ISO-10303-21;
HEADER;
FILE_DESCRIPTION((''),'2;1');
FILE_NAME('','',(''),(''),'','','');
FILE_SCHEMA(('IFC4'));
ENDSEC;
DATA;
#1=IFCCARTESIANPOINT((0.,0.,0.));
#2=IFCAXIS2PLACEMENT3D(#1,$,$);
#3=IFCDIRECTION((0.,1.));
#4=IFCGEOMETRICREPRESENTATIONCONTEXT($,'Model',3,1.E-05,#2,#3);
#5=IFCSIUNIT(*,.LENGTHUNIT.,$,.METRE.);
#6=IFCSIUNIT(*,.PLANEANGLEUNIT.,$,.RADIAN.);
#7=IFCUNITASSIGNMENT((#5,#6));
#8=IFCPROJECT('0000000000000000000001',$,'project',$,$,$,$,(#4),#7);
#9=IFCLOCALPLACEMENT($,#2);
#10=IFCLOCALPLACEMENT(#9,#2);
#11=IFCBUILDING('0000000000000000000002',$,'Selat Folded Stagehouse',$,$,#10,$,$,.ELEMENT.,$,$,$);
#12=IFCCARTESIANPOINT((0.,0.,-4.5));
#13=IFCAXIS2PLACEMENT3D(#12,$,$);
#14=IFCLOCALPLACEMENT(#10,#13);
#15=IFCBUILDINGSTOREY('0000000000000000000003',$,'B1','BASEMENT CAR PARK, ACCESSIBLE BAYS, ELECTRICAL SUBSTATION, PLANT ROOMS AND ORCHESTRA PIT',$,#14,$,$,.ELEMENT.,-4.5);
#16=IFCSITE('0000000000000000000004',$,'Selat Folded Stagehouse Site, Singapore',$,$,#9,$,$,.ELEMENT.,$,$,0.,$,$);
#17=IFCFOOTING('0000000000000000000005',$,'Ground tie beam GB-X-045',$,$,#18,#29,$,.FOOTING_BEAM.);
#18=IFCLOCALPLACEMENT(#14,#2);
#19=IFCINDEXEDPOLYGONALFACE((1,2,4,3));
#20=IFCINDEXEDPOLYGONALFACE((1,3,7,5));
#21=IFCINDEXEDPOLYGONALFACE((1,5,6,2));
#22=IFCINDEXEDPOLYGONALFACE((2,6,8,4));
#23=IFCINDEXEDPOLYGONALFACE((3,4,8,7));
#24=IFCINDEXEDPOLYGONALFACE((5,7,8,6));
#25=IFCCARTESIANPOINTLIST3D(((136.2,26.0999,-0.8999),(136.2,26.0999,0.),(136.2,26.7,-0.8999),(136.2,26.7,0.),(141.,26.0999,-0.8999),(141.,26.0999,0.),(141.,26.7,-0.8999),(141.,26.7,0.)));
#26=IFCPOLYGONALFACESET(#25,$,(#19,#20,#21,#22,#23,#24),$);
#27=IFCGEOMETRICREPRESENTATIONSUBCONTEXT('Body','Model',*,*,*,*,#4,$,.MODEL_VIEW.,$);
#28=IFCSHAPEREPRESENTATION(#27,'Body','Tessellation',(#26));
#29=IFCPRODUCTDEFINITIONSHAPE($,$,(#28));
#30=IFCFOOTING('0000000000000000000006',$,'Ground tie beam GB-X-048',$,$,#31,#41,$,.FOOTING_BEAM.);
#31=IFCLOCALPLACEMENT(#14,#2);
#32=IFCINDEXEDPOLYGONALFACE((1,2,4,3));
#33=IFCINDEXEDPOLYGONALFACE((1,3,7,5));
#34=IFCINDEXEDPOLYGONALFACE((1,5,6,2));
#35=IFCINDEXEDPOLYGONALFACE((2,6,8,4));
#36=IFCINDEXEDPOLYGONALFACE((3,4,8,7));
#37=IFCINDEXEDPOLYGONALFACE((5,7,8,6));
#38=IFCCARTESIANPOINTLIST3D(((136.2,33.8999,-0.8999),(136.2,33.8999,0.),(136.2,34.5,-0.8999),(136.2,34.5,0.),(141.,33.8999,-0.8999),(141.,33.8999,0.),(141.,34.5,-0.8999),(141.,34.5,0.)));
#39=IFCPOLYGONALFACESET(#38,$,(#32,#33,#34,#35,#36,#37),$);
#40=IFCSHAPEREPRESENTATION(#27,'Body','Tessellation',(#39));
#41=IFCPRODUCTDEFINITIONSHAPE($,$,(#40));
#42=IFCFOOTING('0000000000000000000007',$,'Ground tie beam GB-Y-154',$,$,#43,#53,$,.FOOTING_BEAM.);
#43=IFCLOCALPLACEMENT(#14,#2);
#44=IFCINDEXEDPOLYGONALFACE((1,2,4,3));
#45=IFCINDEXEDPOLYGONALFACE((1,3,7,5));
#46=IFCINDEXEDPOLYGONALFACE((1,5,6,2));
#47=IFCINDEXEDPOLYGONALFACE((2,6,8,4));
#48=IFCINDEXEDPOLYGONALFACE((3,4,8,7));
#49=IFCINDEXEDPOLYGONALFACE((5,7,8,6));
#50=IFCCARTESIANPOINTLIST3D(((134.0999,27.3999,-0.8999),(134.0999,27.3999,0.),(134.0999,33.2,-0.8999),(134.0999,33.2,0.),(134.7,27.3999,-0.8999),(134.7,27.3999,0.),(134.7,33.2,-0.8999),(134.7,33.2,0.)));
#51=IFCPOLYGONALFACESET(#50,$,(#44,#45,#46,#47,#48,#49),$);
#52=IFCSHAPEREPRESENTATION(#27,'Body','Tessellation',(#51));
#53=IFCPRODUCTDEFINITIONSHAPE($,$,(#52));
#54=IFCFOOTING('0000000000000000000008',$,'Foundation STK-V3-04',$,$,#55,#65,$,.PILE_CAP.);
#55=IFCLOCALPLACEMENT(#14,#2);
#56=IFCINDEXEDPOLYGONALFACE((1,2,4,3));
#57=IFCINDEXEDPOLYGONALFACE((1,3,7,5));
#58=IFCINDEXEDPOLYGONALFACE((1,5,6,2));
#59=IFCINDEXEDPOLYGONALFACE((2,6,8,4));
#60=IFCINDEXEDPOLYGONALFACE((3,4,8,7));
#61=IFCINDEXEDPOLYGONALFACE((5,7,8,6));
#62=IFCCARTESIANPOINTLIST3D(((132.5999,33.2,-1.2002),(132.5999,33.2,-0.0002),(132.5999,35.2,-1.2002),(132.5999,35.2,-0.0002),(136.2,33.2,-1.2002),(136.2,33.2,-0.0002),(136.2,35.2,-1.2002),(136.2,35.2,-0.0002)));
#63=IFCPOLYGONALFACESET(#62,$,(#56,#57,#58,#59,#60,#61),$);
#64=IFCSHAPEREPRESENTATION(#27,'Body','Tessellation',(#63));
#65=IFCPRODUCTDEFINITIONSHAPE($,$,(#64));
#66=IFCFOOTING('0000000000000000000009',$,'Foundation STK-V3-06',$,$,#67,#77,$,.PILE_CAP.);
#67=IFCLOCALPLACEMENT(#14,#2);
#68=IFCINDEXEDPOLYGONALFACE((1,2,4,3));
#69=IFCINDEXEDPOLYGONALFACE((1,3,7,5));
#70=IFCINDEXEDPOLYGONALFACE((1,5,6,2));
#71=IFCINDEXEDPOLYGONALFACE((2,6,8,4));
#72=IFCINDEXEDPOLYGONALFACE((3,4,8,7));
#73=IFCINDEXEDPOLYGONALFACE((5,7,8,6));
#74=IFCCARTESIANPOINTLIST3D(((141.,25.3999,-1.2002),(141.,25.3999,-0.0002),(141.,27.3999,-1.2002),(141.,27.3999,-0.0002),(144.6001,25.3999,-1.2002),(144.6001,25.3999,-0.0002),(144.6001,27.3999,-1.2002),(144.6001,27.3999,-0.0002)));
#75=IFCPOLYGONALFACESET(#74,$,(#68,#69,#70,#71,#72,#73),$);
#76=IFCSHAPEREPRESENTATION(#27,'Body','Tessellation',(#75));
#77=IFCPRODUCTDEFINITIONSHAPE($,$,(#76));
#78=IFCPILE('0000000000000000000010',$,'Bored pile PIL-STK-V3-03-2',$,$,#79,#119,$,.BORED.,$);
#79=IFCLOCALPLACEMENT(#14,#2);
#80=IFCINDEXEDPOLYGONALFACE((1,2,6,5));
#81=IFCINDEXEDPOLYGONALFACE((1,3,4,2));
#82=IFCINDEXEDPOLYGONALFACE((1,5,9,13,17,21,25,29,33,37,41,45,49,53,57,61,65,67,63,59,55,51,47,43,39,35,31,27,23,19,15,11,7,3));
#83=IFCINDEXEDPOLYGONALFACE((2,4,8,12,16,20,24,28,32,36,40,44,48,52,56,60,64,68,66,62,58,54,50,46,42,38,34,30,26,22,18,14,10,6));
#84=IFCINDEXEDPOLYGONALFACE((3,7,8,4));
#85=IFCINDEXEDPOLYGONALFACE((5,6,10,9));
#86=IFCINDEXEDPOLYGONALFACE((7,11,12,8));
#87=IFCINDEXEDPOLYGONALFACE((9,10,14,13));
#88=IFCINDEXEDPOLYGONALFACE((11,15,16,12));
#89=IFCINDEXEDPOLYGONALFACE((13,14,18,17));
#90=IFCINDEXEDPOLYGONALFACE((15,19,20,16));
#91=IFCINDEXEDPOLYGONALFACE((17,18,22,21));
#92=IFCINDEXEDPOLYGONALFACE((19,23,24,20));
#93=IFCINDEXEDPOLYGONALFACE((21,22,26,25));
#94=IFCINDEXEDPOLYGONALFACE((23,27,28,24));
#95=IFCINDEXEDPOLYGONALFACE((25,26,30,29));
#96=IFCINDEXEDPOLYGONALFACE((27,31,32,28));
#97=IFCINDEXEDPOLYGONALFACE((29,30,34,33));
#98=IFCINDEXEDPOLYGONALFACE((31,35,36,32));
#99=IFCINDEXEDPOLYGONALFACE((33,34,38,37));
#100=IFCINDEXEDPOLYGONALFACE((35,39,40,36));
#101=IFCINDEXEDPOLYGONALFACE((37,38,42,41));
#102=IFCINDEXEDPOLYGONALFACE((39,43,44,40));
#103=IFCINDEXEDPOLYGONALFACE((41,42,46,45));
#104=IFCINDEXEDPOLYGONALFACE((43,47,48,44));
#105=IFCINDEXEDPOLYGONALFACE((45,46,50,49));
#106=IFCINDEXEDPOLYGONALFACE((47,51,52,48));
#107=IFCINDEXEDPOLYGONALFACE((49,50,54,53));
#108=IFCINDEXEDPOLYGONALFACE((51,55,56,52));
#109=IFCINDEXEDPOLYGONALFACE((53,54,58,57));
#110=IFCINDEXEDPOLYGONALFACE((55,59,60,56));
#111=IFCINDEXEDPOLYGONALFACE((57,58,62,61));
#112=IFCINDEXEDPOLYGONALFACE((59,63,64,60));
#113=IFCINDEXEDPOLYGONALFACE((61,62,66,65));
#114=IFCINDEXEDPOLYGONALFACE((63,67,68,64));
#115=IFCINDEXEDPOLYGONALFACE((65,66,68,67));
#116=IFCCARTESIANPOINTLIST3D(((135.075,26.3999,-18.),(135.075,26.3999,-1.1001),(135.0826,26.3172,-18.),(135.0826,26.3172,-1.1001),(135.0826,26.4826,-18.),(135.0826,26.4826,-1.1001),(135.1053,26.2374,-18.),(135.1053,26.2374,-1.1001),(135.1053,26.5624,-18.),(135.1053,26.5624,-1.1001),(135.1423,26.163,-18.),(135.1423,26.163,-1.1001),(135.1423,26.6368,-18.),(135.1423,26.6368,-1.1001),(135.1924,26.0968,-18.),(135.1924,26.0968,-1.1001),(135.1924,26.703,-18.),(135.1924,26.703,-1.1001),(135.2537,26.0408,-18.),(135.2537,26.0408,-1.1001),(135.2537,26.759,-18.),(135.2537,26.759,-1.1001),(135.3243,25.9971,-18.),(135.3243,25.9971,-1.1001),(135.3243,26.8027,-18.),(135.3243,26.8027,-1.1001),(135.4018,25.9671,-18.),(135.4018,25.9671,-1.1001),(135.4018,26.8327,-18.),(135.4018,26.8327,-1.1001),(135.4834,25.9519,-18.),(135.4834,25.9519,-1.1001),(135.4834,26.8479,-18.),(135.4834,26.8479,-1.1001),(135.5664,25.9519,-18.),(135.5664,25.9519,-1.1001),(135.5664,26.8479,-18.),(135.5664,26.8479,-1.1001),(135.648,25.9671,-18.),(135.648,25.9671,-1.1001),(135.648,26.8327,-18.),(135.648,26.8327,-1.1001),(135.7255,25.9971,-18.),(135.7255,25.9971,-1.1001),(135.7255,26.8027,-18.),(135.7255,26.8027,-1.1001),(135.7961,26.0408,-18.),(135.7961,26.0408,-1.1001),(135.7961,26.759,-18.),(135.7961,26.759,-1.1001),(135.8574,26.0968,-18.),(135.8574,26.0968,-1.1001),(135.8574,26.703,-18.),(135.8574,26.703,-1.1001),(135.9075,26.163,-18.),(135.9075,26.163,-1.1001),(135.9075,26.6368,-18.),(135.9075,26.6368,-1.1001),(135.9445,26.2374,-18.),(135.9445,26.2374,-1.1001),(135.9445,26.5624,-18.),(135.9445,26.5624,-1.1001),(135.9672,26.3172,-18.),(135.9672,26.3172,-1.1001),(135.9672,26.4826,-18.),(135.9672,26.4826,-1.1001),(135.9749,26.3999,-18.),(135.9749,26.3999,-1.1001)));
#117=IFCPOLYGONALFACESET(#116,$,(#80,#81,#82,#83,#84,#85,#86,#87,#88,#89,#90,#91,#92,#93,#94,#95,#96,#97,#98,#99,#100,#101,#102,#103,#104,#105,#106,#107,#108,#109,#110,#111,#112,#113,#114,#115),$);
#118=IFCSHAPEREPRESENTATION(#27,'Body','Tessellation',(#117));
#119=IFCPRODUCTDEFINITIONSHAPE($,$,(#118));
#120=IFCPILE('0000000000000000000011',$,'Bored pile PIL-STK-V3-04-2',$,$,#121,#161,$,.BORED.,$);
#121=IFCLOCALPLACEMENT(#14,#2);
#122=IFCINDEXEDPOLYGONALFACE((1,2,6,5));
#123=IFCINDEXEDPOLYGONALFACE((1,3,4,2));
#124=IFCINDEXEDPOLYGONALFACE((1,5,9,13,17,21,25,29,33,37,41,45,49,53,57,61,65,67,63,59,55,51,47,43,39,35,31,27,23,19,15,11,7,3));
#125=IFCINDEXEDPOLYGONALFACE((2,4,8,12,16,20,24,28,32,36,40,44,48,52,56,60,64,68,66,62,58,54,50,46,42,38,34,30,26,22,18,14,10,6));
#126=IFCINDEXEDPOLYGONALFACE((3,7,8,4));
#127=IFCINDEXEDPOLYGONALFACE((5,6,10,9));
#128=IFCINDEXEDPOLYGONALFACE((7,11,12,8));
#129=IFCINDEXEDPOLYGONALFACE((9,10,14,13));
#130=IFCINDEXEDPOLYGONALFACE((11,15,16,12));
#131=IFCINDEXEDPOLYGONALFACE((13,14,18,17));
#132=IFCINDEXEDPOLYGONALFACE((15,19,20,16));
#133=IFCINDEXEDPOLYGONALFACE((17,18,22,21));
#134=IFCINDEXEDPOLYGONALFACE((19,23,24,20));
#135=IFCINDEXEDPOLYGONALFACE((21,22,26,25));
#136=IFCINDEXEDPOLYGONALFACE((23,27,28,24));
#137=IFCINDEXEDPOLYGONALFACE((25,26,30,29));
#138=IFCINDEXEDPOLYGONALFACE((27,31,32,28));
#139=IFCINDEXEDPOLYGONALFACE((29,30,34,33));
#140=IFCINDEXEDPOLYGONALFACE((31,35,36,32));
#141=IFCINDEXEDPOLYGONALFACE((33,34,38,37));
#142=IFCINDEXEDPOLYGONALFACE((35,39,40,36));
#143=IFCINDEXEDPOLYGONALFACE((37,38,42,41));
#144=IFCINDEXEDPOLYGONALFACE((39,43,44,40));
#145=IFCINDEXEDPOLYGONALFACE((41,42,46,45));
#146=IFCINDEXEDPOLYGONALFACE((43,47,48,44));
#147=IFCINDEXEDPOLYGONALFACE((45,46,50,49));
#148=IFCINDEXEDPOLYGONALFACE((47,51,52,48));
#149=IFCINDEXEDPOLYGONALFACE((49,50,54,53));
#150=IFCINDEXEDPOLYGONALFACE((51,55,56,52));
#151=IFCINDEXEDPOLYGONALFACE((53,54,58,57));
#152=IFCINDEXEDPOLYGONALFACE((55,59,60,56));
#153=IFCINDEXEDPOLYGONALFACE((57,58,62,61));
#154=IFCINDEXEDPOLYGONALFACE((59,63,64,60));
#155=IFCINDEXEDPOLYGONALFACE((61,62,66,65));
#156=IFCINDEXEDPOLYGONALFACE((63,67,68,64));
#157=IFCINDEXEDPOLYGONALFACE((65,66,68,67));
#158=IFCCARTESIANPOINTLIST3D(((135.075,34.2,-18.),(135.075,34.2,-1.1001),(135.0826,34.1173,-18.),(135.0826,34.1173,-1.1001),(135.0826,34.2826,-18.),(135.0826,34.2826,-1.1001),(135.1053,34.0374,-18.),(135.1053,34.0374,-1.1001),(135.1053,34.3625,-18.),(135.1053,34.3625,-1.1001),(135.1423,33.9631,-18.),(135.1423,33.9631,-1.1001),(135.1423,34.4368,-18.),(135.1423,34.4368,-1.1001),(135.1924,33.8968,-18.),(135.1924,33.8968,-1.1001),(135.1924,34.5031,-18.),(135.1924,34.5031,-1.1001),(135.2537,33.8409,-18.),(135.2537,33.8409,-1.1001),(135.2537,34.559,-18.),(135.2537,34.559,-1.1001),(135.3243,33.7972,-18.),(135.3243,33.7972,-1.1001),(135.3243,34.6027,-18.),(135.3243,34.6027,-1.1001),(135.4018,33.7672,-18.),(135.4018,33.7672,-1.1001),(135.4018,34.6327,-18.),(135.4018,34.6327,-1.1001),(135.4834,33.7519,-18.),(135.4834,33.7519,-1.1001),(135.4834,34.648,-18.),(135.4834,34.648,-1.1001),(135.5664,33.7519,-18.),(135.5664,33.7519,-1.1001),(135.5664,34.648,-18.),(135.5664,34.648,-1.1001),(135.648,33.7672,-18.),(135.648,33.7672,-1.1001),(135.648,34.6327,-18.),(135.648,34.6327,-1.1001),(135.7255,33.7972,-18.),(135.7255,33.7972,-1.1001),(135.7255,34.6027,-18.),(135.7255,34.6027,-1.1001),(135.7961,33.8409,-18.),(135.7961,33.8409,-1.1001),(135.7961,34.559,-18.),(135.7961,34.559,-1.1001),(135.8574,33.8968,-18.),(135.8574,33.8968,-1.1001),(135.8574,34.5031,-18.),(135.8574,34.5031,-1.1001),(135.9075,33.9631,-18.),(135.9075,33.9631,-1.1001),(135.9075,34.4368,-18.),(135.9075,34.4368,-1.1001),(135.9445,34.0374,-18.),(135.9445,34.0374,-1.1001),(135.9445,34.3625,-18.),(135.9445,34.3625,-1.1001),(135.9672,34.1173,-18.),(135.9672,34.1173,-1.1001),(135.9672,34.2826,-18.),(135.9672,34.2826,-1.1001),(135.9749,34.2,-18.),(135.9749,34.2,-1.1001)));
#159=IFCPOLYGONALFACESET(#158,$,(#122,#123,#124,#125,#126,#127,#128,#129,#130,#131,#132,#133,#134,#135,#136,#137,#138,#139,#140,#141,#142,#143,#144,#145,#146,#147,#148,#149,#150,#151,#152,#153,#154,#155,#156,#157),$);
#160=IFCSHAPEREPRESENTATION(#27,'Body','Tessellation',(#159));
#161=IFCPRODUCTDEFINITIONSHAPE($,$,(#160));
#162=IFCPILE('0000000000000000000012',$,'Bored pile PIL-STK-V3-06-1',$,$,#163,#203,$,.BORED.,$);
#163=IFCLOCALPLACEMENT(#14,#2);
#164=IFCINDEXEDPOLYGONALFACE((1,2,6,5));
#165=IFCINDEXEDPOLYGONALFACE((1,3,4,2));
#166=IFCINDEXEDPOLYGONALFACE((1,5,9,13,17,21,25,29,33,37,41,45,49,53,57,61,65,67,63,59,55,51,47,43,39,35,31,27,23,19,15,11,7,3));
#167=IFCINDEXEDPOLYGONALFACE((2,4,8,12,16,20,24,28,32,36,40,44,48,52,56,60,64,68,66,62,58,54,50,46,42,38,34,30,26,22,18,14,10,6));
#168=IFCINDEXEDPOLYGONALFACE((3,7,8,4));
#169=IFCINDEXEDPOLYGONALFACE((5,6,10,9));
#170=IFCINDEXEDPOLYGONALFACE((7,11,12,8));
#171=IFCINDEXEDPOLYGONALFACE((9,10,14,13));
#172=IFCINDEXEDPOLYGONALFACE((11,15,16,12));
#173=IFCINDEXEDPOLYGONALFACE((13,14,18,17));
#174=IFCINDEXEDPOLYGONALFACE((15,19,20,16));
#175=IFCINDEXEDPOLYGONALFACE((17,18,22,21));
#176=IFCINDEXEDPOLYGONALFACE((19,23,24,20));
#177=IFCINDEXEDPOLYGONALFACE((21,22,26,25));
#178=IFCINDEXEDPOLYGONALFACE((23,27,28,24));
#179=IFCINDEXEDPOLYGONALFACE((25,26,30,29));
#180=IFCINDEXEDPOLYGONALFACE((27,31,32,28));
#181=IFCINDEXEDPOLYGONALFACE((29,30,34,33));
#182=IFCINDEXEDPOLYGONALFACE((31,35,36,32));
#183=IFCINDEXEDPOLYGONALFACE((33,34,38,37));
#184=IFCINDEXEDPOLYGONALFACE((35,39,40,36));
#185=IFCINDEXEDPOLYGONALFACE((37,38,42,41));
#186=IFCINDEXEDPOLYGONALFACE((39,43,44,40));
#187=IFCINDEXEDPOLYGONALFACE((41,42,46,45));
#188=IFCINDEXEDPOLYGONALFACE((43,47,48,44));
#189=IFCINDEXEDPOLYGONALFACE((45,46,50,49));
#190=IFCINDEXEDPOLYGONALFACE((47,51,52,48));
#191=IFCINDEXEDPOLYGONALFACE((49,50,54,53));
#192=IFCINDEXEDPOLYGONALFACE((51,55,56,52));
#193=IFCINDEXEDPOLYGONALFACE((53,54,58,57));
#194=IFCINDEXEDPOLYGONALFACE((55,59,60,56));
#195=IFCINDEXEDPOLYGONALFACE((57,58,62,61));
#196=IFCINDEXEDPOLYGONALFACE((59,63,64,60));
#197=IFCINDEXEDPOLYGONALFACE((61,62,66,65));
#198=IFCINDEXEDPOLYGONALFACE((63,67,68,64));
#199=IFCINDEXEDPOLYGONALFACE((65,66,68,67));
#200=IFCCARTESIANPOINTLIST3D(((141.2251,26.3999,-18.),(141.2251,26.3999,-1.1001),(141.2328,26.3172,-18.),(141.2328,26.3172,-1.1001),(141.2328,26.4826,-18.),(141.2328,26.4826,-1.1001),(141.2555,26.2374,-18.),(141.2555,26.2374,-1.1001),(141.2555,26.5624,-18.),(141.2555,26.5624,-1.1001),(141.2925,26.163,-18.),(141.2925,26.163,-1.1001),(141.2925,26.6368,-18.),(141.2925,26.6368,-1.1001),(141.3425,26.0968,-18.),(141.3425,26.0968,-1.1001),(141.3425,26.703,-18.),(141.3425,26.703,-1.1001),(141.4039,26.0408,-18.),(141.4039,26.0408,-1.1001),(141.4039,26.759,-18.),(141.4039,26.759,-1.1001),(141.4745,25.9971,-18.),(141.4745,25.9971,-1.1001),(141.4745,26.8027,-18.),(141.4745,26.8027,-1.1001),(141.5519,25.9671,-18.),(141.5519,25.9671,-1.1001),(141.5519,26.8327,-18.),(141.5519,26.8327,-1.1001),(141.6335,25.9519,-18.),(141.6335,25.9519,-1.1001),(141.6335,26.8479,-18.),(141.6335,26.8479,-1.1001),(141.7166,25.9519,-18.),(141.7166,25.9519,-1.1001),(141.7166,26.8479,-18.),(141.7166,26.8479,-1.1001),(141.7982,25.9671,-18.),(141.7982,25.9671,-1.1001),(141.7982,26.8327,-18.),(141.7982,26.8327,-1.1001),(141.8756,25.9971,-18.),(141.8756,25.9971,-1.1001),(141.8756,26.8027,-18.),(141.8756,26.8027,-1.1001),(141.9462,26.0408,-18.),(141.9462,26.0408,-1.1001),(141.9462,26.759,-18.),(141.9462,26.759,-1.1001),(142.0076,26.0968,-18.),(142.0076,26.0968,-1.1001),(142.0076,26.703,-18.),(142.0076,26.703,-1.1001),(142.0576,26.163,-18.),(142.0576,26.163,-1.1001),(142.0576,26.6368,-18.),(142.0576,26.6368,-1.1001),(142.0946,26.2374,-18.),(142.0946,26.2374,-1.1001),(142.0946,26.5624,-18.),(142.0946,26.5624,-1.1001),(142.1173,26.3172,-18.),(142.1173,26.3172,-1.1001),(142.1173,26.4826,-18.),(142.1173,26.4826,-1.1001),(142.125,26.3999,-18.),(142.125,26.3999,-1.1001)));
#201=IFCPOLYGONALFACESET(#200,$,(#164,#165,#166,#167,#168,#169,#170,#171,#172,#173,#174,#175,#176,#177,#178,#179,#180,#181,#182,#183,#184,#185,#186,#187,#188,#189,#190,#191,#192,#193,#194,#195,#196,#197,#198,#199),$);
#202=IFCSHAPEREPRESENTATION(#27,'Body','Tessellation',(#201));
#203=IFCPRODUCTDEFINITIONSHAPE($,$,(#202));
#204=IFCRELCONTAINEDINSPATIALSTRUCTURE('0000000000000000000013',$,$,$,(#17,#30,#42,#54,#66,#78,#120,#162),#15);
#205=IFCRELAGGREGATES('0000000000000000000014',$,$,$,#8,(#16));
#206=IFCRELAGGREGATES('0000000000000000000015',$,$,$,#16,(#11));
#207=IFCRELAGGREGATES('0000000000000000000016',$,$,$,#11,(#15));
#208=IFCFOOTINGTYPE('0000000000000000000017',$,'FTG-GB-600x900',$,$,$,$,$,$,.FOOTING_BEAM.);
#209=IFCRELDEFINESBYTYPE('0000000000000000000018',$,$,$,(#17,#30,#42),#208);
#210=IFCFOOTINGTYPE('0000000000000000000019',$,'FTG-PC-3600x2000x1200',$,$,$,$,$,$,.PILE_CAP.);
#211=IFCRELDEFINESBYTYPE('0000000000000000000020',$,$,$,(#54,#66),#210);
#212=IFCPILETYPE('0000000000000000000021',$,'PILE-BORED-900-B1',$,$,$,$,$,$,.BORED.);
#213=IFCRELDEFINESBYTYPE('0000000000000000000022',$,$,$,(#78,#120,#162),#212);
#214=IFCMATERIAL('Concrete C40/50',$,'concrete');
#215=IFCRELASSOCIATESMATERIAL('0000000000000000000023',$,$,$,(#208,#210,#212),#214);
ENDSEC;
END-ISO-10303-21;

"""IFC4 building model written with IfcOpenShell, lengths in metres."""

from ifc_helpers import new_model, si_unit, direction, frame, origin, origin_2d, place, context, subcontext, project, spatial, rectangle, circle, extrude, material, material_profile, profile_set, type_object, element, save


model = new_model("IFC4")

# Units and contexts
model_context = context("Model", 3, precision=1e-05, world=origin(), true_north=direction((0.0, 1.0)))
body_context = subcontext(model_context, "Body", "Model", "MODEL_VIEW")
ifc_project = project(units=[si_unit("LENGTHUNIT", "METRE"), si_unit("PLANEANGLEUNIT", "RADIAN")], contexts=[model_context])

# Site, building, storey
site_placement = place(None, origin())
site = spatial("IfcSite", under=ifc_project, at=site_placement, Name="Selat Folded Stagehouse Site, Singapore", CompositionType="ELEMENT", RefElevation=0.0)
building_placement = place(site_placement, origin())
building = spatial("IfcBuilding", under=site, at=building_placement, Name="Selat Folded Stagehouse", CompositionType="ELEMENT")
storey_placement = place(building_placement, frame((0.0, 0.0, -4.5)))
storey = spatial("IfcBuildingStorey", under=building, at=storey_placement, Name="B1", Description="BASEMENT CAR PARK, ACCESSIBLE BAYS, ELECTRICAL SUBSTATION, PLANT ROOMS AND ORCHESTRA PIT", CompositionType="ELEMENT", Elevation=-4.5)

# Footings
ifc_material_1 = material(Name="Concrete C40/50", Category="concrete")
ifc_material_profile_1 = material_profile(ifc_material_1, rectangle(XDim=0.6001, YDim=0.8999, at=origin_2d()), Name="RC 900x600")
ifc_profile_set_1 = profile_set([ifc_material_profile_1], Name="Concrete C40/50")
footing_type_1 = type_object("IfcFootingType", Name="FTG-GB-600x900", PredefinedType="FOOTING_BEAM", material=ifc_profile_set_1)
for number, where, z_axis, x_axis, name in (
    (1, (136.2, 26.3999, -0.45), (1.0, 0.0, 0.0), (0.0, 1.0, 0.0), "Ground tie beam GB-X-045"),
    (2, (136.2, 34.2, -0.45), (1.0, 0.0, 0.0), (0.0, 1.0, 0.0), "Ground tie beam GB-X-048"),
):
    element("IfcFooting", number, at=place(storey_placement, frame(where, z_axis=z_axis, x_axis=x_axis)), inside=storey, type_object=footing_type_1, Name=name, PredefinedType="FOOTING_BEAM", context=body_context, shape_type="SweptSolid", body=[
        extrude(rectangle(XDim=0.6001, YDim=0.8999, at=origin_2d()), origin(), (0.0, 0.0, 1.0), 4.8),
    ])
footing_placement = place(storey_placement, frame((134.3999, 27.3999, -0.45), z_axis=(0.0, 1.0, 0.0), x_axis=(-1.0, 0.0, 0.0)))
element("IfcFooting", 3, at=footing_placement, inside=storey, type_object=footing_type_1, Name="Ground tie beam GB-Y-154", PredefinedType="FOOTING_BEAM", context=body_context, shape_type="SweptSolid", body=[
    extrude(rectangle(XDim=0.6001, YDim=0.8999, at=origin_2d()), origin(), (0.0, 0.0, 1.0), 5.8),
])
footing_type_2 = type_object("IfcFootingType", Name="FTG-PC-3600x2000x1200", PredefinedType="PILE_CAP", material=ifc_material_1)
for number, where, z_axis, x_axis, name in (
    (4, (134.3999, 34.2, -1.2002), (0.0, 0.0, 1.0), (1.0, 0.0, 0.0), "Foundation STK-V3-04"),
    (5, (142.8, 26.3999, -1.2002), (0.0, 0.0, 1.0), (1.0, 0.0, 0.0), "Foundation STK-V3-06"),
):
    element("IfcFooting", number, at=place(storey_placement, frame(where, z_axis=z_axis, x_axis=x_axis)), inside=storey, type_object=footing_type_2, Name=name, PredefinedType="PILE_CAP", context=body_context, shape_type="SweptSolid", body=[
        extrude(rectangle(XDim=3.6001, YDim=2.0, at=origin_2d()), origin(), (0.0, 0.0, 1.0), 1.2),
    ])

# Piles
ifc_material_profile_2 = material_profile(ifc_material_1, circle(Radius=0.45, at=origin_2d()), Name="PILE D900")
ifc_profile_set_2 = profile_set([ifc_material_profile_2], Name="Concrete C40/50")
pile_type = type_object("IfcPileType", Name="PILE-BORED-900-B1", PredefinedType="BORED", material=ifc_profile_set_2)
for number, where, z_axis, x_axis, name in (
    (6, (135.5249, 26.3999, -1.1001), (0.0, 0.0, -1.0), (1.0, 0.0, 0.0), "Bored pile PIL-STK-V3-03-2"),
    (7, (135.5249, 34.2, -1.1001), (0.0, 0.0, -1.0), (1.0, 0.0, 0.0), "Bored pile PIL-STK-V3-04-2"),
    (8, (141.675, 26.3999, -1.1001), (0.0, 0.0, -1.0), (1.0, 0.0, 0.0), "Bored pile PIL-STK-V3-06-1"),
):
    element("IfcPile", number, at=place(storey_placement, frame(where, z_axis=z_axis, x_axis=x_axis)), inside=storey, type_object=pile_type, Name=name, PredefinedType="BORED", context=body_context, shape_type="SweptSolid", body=[
        extrude(circle(Radius=0.45, at=origin_2d()), origin(), (0.0, 0.0, 1.0), 16.8999),
    ])

save(model, "model.ifc")
